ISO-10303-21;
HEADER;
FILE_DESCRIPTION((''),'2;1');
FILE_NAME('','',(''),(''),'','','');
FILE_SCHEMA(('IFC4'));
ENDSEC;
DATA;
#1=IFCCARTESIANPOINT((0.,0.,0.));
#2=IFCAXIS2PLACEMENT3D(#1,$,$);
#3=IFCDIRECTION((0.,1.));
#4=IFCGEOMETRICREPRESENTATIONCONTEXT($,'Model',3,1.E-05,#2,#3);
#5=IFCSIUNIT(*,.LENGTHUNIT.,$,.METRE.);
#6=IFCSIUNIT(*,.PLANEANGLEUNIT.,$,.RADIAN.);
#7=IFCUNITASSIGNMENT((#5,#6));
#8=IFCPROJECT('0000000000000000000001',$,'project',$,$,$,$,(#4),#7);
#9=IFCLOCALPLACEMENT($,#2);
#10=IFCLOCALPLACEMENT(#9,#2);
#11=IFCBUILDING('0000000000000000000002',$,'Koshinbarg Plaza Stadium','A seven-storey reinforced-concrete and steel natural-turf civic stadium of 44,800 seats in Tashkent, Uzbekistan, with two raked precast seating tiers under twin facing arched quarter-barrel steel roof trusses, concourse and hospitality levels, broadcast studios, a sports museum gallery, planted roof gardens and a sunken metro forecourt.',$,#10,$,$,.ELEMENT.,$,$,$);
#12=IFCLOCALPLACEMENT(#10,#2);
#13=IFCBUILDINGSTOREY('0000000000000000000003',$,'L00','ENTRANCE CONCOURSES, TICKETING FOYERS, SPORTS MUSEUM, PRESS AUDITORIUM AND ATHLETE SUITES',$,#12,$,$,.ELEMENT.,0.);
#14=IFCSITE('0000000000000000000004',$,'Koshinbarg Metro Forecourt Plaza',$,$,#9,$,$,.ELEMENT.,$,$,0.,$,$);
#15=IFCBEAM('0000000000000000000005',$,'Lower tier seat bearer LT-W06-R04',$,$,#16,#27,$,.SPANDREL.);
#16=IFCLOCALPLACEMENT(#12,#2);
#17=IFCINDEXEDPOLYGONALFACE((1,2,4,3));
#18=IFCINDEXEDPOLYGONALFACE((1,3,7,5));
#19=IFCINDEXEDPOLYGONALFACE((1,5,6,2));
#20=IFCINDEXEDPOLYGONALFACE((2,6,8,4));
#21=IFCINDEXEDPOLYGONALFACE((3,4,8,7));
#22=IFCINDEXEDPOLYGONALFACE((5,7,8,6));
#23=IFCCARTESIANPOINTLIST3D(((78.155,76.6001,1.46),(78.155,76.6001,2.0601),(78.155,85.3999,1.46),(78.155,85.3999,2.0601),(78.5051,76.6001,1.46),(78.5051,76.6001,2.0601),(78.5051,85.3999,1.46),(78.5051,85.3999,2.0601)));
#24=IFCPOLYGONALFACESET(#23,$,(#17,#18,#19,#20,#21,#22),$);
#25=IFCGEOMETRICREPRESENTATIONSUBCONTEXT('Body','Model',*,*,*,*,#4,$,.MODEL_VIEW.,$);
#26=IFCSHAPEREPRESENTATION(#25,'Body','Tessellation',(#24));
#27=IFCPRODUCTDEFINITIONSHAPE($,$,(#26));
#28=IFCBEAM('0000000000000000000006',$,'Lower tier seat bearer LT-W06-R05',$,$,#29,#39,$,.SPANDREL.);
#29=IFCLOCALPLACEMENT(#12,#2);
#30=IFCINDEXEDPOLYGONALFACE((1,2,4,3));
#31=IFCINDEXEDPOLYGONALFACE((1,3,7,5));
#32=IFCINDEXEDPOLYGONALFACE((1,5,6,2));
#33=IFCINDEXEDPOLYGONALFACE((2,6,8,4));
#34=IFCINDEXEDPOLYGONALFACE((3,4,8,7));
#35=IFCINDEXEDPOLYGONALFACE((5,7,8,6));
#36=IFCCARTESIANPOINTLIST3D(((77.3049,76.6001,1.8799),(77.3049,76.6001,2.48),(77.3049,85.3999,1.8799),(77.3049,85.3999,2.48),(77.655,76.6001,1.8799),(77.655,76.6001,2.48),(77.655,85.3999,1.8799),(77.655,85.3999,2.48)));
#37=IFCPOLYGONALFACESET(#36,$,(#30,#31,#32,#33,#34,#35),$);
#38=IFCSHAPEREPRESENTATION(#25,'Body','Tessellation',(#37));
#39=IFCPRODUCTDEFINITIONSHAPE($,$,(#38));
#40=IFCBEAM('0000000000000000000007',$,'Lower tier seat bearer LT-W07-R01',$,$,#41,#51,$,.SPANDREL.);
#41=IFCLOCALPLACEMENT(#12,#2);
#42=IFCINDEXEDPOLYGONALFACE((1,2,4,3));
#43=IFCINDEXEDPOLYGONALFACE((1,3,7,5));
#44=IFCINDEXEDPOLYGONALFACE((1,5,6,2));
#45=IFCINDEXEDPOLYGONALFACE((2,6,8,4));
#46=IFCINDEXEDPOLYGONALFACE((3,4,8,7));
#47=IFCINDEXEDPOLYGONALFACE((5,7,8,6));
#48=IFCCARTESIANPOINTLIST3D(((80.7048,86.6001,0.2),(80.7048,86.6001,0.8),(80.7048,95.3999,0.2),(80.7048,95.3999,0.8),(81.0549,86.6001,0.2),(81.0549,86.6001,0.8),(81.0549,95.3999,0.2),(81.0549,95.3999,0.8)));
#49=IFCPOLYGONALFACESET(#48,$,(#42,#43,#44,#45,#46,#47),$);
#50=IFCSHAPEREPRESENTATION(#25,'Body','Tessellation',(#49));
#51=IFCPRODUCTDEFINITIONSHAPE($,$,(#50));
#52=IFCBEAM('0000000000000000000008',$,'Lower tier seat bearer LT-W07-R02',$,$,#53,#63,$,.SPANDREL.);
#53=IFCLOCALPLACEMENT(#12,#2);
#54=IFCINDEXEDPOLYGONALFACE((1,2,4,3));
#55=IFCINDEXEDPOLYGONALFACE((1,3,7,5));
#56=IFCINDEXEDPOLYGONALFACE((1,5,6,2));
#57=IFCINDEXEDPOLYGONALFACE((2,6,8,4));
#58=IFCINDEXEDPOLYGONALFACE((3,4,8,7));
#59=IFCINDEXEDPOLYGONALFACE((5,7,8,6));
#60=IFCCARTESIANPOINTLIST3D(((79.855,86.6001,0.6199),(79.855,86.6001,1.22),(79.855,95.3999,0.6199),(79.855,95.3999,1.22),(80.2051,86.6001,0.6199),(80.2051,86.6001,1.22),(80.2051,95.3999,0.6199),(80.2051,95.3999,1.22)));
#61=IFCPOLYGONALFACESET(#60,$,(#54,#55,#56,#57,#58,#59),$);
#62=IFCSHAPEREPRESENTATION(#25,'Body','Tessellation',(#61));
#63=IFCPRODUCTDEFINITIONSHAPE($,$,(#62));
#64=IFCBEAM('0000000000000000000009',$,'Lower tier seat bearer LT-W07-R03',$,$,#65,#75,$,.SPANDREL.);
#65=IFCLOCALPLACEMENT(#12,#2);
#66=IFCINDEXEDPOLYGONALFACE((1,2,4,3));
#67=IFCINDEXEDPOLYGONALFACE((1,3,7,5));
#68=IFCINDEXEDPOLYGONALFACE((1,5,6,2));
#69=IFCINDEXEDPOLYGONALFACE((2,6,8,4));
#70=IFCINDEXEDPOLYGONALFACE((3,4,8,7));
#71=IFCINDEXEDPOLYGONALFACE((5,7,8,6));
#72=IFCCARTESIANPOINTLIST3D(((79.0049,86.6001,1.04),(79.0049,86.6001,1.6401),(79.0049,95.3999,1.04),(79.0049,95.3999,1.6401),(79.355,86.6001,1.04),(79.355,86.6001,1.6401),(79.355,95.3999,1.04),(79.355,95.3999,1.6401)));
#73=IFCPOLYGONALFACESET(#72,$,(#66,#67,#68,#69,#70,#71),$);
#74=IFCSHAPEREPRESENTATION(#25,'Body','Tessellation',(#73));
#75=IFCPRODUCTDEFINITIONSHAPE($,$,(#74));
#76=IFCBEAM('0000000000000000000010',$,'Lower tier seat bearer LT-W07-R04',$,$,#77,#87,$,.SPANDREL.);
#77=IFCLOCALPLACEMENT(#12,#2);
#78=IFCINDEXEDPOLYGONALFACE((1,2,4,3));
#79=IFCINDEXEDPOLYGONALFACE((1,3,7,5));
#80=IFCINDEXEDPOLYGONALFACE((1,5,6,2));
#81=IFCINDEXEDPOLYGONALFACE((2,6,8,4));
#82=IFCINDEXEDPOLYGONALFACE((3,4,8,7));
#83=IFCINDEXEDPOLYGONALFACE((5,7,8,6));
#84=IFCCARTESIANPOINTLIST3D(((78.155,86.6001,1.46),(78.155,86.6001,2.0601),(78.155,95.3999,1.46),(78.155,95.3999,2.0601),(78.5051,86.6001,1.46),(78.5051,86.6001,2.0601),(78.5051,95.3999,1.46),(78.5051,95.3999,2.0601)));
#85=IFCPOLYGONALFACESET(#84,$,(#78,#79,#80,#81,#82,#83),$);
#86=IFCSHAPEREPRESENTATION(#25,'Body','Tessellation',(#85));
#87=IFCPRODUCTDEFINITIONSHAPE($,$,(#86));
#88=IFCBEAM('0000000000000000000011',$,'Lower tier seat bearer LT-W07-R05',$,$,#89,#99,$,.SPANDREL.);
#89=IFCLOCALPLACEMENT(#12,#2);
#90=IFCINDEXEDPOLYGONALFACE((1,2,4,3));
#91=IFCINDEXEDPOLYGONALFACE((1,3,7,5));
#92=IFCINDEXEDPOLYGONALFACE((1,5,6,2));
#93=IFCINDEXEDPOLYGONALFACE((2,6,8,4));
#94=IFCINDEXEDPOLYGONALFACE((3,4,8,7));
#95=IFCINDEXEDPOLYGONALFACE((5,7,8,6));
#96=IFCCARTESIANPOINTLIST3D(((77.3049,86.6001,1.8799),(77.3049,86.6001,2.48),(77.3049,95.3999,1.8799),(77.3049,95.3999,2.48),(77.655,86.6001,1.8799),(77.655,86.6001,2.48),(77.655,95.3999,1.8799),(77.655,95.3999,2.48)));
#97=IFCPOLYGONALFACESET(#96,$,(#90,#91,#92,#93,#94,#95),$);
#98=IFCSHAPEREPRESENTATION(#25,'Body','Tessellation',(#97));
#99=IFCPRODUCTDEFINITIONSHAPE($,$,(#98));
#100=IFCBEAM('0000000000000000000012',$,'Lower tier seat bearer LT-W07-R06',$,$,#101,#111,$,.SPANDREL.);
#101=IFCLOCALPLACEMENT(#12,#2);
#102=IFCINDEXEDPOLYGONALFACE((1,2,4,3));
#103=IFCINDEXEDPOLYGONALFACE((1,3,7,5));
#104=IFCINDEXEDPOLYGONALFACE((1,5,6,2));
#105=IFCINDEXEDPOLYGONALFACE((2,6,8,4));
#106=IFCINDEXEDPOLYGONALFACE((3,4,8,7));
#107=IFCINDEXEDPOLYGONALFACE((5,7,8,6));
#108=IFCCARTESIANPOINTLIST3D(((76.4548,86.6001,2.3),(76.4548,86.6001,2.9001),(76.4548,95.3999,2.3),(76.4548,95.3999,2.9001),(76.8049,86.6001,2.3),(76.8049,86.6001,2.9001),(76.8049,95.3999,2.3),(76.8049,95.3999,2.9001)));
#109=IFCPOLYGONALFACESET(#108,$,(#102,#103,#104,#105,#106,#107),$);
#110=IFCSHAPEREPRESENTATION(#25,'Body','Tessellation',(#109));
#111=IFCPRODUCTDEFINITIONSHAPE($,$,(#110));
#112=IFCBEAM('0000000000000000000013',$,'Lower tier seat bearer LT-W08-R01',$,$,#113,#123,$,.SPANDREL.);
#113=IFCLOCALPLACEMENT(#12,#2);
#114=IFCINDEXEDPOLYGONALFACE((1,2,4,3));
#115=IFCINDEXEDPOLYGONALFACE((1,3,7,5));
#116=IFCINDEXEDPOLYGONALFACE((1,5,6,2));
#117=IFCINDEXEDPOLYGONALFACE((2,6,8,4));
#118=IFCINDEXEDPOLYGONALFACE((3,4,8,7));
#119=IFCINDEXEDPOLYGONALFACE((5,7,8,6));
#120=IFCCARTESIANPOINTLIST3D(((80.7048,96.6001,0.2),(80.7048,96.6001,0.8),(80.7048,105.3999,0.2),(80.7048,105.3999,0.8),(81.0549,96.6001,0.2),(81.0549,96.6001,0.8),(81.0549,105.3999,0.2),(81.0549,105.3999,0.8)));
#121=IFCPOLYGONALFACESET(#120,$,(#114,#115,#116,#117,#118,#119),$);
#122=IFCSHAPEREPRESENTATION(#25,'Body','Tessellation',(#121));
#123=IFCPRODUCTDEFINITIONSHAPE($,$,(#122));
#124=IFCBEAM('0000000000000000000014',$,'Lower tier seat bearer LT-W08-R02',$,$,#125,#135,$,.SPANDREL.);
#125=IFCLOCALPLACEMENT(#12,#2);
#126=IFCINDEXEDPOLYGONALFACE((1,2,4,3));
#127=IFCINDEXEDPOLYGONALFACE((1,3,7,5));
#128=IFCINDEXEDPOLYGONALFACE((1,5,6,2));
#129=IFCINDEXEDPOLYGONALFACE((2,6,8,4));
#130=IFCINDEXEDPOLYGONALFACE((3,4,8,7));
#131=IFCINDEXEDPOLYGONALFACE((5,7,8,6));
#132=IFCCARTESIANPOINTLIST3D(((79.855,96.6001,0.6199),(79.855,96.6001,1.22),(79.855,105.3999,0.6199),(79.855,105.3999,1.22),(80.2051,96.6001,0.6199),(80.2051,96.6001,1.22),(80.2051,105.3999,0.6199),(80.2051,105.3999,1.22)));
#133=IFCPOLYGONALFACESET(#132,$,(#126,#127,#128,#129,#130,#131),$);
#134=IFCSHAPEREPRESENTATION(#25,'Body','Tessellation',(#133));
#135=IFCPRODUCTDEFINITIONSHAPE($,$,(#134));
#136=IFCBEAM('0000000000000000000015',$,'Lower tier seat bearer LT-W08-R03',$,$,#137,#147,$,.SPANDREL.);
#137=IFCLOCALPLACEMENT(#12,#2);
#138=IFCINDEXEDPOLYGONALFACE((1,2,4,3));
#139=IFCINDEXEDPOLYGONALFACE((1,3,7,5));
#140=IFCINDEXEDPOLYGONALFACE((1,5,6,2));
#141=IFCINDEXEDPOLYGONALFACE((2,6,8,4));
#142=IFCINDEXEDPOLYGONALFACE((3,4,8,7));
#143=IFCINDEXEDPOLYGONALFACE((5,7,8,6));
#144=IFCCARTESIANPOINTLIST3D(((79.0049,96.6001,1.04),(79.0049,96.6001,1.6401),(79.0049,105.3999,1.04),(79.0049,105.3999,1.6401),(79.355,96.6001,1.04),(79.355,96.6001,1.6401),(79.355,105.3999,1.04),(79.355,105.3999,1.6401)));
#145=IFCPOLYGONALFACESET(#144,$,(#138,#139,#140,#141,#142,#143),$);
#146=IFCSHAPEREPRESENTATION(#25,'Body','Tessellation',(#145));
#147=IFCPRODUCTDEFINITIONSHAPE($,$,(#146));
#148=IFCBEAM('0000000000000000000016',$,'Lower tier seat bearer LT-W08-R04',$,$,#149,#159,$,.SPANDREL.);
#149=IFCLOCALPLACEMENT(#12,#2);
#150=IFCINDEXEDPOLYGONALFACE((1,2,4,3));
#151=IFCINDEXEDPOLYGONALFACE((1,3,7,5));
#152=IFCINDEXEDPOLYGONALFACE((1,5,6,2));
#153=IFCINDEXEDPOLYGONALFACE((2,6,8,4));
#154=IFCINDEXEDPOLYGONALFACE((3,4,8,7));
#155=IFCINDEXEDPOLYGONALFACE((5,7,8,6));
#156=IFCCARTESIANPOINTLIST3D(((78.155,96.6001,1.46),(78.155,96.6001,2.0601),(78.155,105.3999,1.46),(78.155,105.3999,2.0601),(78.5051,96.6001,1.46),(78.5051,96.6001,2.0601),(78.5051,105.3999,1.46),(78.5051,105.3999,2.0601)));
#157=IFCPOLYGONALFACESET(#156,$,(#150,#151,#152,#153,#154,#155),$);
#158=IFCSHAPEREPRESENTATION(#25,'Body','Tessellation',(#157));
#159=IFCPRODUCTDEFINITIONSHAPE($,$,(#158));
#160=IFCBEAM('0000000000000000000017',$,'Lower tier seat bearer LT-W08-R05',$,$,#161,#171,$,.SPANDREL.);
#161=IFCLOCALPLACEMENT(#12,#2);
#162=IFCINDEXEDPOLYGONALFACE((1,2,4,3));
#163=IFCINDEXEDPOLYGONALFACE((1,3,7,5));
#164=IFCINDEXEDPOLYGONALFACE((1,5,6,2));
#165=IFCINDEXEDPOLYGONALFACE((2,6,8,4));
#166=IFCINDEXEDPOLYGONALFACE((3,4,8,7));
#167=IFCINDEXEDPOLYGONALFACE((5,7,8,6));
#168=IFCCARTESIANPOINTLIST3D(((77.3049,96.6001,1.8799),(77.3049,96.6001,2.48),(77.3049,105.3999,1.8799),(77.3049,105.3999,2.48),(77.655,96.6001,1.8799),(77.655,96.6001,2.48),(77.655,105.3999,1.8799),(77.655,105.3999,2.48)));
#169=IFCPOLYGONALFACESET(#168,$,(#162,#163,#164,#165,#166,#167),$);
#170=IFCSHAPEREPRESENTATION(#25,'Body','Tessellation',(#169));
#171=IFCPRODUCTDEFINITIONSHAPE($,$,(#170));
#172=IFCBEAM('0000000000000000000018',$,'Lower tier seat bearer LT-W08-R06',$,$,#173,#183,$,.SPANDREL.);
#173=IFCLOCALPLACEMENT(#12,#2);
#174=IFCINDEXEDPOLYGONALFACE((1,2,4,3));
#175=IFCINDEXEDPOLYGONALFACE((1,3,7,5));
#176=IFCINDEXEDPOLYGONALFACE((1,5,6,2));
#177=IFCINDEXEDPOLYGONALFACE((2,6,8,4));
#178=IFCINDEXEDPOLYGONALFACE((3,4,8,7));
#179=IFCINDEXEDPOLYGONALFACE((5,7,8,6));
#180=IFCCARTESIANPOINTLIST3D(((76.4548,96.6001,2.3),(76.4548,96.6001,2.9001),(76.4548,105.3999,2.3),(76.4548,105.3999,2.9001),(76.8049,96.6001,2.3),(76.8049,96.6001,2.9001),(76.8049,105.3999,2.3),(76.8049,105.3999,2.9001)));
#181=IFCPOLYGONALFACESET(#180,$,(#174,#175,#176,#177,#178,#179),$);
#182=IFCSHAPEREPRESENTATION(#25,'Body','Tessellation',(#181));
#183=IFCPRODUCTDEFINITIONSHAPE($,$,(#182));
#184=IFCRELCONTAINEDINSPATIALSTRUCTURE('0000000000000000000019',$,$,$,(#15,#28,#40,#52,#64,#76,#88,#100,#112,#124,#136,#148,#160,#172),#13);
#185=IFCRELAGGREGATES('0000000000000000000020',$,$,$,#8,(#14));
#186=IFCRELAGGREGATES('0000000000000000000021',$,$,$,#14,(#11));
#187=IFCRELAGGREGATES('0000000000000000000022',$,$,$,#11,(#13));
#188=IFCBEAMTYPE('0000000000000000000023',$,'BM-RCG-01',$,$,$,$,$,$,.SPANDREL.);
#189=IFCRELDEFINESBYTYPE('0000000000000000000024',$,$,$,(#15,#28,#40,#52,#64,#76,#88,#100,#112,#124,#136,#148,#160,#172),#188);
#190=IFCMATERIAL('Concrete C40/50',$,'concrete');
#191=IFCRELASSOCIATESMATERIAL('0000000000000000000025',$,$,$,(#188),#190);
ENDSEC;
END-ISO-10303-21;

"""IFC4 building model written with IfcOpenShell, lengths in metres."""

from ifc_helpers import new_model, si_unit, direction, frame, origin, origin_2d, place, context, subcontext, project, spatial, rectangle, extrude, material, material_profile, profile_set, type_object, element, save


model = new_model("IFC4")

# Units and contexts
model_context = context("Model", 3, precision=1e-05, world=origin(), true_north=direction((0.0, 1.0)))
body_context = subcontext(model_context, "Body", "Model", "MODEL_VIEW")
ifc_project = project(units=[si_unit("LENGTHUNIT", "METRE"), si_unit("PLANEANGLEUNIT", "RADIAN")], contexts=[model_context])

# Site, building, storey
site_placement = place(None, origin())
site = spatial("IfcSite", under=ifc_project, at=site_placement, Name="Koshinbarg Metro Forecourt Plaza", CompositionType="ELEMENT", RefElevation=0.0)
building_placement = place(site_placement, origin())
building = spatial("IfcBuilding", under=site, at=building_placement, Name="Koshinbarg Plaza Stadium", Description="A seven-storey reinforced-concrete and steel natural-turf civic stadium of 44,800 seats in Tashkent, Uzbekistan, with two raked precast seating tiers under twin facing arched quarter-barrel steel roof trusses, concourse and hospitality levels, broadcast studios, a sports museum gallery, planted roof gardens and a sunken metro forecourt.", CompositionType="ELEMENT")
storey_placement = place(building_placement, origin())
storey = spatial("IfcBuildingStorey", under=building, at=storey_placement, Name="L00", Description="ENTRANCE CONCOURSES, TICKETING FOYERS, SPORTS MUSEUM, PRESS AUDITORIUM AND ATHLETE SUITES", CompositionType="ELEMENT", Elevation=0.0)

# Beams
ifc_material_1 = material(Name="Concrete C40/50", Category="concrete")
ifc_material_profile_1 = material_profile(ifc_material_1, rectangle(XDim=0.3501, YDim=0.6001, at=origin_2d()), Name="RC 350x600")
ifc_profile_set_1 = profile_set([ifc_material_profile_1], Name="Concrete C40/50")
beam_type = type_object("IfcBeamType", Name="BM-RCG-01", PredefinedType="SPANDREL", material=ifc_profile_set_1)
for number, where, z_axis, x_axis, name in (
    (1, (78.3301, 76.6001, 1.76), (0.0, 1.0, 0.0), (-1.0, 0.0, 0.0), "Lower tier seat bearer LT-W06-R04"),
    (2, (77.48, 76.6001, 2.1799), (0.0, 1.0, 0.0), (-1.0, 0.0, 0.0), "Lower tier seat bearer LT-W06-R05"),
    (3, (80.8799, 86.6001, 0.5), (0.0, 1.0, 0.0), (-1.0, 0.0, 0.0), "Lower tier seat bearer LT-W07-R01"),
    (4, (80.03, 86.6001, 0.9199), (0.0, 1.0, 0.0), (-1.0, 0.0, 0.0), "Lower tier seat bearer LT-W07-R02"),
    (5, (79.1799, 86.6001, 1.3401), (0.0, 1.0, 0.0), (-1.0, 0.0, 0.0), "Lower tier seat bearer LT-W07-R03"),
    (6, (78.3301, 86.6001, 1.76), (0.0, 1.0, 0.0), (-1.0, 0.0, 0.0), "Lower tier seat bearer LT-W07-R04"),
    (7, (77.48, 86.6001, 2.1799), (0.0, 1.0, 0.0), (-1.0, 0.0, 0.0), "Lower tier seat bearer LT-W07-R05"),
    (8, (76.6299, 86.6001, 2.6001), (0.0, 1.0, 0.0), (-1.0, 0.0, 0.0), "Lower tier seat bearer LT-W07-R06"),
    (9, (80.8799, 96.6001, 0.5), (0.0, 1.0, 0.0), (-1.0, 0.0, 0.0), "Lower tier seat bearer LT-W08-R01"),
    (10, (80.03, 96.6001, 0.9199), (0.0, 1.0, 0.0), (-1.0, 0.0, 0.0), "Lower tier seat bearer LT-W08-R02"),
    (11, (79.1799, 96.6001, 1.3401), (0.0, 1.0, 0.0), (-1.0, 0.0, 0.0), "Lower tier seat bearer LT-W08-R03"),
    (12, (78.3301, 96.6001, 1.76), (0.0, 1.0, 0.0), (-1.0, 0.0, 0.0), "Lower tier seat bearer LT-W08-R04"),
    (13, (77.48, 96.6001, 2.1799), (0.0, 1.0, 0.0), (-1.0, 0.0, 0.0), "Lower tier seat bearer LT-W08-R05"),
    (14, (76.6299, 96.6001, 2.6001), (0.0, 1.0, 0.0), (-1.0, 0.0, 0.0), "Lower tier seat bearer LT-W08-R06"),
):
    element("IfcBeam", number, at=place(storey_placement, frame(where, z_axis=z_axis, x_axis=x_axis)), inside=storey, type_object=beam_type, Name=name, PredefinedType="SPANDREL", context=body_context, shape_type="SweptSolid", body=[
        extrude(rectangle(XDim=0.3501, YDim=0.6001, at=origin_2d()), origin(), (0.0, 0.0, 1.0), 8.7998),
    ])

save(model, "model.ifc")
